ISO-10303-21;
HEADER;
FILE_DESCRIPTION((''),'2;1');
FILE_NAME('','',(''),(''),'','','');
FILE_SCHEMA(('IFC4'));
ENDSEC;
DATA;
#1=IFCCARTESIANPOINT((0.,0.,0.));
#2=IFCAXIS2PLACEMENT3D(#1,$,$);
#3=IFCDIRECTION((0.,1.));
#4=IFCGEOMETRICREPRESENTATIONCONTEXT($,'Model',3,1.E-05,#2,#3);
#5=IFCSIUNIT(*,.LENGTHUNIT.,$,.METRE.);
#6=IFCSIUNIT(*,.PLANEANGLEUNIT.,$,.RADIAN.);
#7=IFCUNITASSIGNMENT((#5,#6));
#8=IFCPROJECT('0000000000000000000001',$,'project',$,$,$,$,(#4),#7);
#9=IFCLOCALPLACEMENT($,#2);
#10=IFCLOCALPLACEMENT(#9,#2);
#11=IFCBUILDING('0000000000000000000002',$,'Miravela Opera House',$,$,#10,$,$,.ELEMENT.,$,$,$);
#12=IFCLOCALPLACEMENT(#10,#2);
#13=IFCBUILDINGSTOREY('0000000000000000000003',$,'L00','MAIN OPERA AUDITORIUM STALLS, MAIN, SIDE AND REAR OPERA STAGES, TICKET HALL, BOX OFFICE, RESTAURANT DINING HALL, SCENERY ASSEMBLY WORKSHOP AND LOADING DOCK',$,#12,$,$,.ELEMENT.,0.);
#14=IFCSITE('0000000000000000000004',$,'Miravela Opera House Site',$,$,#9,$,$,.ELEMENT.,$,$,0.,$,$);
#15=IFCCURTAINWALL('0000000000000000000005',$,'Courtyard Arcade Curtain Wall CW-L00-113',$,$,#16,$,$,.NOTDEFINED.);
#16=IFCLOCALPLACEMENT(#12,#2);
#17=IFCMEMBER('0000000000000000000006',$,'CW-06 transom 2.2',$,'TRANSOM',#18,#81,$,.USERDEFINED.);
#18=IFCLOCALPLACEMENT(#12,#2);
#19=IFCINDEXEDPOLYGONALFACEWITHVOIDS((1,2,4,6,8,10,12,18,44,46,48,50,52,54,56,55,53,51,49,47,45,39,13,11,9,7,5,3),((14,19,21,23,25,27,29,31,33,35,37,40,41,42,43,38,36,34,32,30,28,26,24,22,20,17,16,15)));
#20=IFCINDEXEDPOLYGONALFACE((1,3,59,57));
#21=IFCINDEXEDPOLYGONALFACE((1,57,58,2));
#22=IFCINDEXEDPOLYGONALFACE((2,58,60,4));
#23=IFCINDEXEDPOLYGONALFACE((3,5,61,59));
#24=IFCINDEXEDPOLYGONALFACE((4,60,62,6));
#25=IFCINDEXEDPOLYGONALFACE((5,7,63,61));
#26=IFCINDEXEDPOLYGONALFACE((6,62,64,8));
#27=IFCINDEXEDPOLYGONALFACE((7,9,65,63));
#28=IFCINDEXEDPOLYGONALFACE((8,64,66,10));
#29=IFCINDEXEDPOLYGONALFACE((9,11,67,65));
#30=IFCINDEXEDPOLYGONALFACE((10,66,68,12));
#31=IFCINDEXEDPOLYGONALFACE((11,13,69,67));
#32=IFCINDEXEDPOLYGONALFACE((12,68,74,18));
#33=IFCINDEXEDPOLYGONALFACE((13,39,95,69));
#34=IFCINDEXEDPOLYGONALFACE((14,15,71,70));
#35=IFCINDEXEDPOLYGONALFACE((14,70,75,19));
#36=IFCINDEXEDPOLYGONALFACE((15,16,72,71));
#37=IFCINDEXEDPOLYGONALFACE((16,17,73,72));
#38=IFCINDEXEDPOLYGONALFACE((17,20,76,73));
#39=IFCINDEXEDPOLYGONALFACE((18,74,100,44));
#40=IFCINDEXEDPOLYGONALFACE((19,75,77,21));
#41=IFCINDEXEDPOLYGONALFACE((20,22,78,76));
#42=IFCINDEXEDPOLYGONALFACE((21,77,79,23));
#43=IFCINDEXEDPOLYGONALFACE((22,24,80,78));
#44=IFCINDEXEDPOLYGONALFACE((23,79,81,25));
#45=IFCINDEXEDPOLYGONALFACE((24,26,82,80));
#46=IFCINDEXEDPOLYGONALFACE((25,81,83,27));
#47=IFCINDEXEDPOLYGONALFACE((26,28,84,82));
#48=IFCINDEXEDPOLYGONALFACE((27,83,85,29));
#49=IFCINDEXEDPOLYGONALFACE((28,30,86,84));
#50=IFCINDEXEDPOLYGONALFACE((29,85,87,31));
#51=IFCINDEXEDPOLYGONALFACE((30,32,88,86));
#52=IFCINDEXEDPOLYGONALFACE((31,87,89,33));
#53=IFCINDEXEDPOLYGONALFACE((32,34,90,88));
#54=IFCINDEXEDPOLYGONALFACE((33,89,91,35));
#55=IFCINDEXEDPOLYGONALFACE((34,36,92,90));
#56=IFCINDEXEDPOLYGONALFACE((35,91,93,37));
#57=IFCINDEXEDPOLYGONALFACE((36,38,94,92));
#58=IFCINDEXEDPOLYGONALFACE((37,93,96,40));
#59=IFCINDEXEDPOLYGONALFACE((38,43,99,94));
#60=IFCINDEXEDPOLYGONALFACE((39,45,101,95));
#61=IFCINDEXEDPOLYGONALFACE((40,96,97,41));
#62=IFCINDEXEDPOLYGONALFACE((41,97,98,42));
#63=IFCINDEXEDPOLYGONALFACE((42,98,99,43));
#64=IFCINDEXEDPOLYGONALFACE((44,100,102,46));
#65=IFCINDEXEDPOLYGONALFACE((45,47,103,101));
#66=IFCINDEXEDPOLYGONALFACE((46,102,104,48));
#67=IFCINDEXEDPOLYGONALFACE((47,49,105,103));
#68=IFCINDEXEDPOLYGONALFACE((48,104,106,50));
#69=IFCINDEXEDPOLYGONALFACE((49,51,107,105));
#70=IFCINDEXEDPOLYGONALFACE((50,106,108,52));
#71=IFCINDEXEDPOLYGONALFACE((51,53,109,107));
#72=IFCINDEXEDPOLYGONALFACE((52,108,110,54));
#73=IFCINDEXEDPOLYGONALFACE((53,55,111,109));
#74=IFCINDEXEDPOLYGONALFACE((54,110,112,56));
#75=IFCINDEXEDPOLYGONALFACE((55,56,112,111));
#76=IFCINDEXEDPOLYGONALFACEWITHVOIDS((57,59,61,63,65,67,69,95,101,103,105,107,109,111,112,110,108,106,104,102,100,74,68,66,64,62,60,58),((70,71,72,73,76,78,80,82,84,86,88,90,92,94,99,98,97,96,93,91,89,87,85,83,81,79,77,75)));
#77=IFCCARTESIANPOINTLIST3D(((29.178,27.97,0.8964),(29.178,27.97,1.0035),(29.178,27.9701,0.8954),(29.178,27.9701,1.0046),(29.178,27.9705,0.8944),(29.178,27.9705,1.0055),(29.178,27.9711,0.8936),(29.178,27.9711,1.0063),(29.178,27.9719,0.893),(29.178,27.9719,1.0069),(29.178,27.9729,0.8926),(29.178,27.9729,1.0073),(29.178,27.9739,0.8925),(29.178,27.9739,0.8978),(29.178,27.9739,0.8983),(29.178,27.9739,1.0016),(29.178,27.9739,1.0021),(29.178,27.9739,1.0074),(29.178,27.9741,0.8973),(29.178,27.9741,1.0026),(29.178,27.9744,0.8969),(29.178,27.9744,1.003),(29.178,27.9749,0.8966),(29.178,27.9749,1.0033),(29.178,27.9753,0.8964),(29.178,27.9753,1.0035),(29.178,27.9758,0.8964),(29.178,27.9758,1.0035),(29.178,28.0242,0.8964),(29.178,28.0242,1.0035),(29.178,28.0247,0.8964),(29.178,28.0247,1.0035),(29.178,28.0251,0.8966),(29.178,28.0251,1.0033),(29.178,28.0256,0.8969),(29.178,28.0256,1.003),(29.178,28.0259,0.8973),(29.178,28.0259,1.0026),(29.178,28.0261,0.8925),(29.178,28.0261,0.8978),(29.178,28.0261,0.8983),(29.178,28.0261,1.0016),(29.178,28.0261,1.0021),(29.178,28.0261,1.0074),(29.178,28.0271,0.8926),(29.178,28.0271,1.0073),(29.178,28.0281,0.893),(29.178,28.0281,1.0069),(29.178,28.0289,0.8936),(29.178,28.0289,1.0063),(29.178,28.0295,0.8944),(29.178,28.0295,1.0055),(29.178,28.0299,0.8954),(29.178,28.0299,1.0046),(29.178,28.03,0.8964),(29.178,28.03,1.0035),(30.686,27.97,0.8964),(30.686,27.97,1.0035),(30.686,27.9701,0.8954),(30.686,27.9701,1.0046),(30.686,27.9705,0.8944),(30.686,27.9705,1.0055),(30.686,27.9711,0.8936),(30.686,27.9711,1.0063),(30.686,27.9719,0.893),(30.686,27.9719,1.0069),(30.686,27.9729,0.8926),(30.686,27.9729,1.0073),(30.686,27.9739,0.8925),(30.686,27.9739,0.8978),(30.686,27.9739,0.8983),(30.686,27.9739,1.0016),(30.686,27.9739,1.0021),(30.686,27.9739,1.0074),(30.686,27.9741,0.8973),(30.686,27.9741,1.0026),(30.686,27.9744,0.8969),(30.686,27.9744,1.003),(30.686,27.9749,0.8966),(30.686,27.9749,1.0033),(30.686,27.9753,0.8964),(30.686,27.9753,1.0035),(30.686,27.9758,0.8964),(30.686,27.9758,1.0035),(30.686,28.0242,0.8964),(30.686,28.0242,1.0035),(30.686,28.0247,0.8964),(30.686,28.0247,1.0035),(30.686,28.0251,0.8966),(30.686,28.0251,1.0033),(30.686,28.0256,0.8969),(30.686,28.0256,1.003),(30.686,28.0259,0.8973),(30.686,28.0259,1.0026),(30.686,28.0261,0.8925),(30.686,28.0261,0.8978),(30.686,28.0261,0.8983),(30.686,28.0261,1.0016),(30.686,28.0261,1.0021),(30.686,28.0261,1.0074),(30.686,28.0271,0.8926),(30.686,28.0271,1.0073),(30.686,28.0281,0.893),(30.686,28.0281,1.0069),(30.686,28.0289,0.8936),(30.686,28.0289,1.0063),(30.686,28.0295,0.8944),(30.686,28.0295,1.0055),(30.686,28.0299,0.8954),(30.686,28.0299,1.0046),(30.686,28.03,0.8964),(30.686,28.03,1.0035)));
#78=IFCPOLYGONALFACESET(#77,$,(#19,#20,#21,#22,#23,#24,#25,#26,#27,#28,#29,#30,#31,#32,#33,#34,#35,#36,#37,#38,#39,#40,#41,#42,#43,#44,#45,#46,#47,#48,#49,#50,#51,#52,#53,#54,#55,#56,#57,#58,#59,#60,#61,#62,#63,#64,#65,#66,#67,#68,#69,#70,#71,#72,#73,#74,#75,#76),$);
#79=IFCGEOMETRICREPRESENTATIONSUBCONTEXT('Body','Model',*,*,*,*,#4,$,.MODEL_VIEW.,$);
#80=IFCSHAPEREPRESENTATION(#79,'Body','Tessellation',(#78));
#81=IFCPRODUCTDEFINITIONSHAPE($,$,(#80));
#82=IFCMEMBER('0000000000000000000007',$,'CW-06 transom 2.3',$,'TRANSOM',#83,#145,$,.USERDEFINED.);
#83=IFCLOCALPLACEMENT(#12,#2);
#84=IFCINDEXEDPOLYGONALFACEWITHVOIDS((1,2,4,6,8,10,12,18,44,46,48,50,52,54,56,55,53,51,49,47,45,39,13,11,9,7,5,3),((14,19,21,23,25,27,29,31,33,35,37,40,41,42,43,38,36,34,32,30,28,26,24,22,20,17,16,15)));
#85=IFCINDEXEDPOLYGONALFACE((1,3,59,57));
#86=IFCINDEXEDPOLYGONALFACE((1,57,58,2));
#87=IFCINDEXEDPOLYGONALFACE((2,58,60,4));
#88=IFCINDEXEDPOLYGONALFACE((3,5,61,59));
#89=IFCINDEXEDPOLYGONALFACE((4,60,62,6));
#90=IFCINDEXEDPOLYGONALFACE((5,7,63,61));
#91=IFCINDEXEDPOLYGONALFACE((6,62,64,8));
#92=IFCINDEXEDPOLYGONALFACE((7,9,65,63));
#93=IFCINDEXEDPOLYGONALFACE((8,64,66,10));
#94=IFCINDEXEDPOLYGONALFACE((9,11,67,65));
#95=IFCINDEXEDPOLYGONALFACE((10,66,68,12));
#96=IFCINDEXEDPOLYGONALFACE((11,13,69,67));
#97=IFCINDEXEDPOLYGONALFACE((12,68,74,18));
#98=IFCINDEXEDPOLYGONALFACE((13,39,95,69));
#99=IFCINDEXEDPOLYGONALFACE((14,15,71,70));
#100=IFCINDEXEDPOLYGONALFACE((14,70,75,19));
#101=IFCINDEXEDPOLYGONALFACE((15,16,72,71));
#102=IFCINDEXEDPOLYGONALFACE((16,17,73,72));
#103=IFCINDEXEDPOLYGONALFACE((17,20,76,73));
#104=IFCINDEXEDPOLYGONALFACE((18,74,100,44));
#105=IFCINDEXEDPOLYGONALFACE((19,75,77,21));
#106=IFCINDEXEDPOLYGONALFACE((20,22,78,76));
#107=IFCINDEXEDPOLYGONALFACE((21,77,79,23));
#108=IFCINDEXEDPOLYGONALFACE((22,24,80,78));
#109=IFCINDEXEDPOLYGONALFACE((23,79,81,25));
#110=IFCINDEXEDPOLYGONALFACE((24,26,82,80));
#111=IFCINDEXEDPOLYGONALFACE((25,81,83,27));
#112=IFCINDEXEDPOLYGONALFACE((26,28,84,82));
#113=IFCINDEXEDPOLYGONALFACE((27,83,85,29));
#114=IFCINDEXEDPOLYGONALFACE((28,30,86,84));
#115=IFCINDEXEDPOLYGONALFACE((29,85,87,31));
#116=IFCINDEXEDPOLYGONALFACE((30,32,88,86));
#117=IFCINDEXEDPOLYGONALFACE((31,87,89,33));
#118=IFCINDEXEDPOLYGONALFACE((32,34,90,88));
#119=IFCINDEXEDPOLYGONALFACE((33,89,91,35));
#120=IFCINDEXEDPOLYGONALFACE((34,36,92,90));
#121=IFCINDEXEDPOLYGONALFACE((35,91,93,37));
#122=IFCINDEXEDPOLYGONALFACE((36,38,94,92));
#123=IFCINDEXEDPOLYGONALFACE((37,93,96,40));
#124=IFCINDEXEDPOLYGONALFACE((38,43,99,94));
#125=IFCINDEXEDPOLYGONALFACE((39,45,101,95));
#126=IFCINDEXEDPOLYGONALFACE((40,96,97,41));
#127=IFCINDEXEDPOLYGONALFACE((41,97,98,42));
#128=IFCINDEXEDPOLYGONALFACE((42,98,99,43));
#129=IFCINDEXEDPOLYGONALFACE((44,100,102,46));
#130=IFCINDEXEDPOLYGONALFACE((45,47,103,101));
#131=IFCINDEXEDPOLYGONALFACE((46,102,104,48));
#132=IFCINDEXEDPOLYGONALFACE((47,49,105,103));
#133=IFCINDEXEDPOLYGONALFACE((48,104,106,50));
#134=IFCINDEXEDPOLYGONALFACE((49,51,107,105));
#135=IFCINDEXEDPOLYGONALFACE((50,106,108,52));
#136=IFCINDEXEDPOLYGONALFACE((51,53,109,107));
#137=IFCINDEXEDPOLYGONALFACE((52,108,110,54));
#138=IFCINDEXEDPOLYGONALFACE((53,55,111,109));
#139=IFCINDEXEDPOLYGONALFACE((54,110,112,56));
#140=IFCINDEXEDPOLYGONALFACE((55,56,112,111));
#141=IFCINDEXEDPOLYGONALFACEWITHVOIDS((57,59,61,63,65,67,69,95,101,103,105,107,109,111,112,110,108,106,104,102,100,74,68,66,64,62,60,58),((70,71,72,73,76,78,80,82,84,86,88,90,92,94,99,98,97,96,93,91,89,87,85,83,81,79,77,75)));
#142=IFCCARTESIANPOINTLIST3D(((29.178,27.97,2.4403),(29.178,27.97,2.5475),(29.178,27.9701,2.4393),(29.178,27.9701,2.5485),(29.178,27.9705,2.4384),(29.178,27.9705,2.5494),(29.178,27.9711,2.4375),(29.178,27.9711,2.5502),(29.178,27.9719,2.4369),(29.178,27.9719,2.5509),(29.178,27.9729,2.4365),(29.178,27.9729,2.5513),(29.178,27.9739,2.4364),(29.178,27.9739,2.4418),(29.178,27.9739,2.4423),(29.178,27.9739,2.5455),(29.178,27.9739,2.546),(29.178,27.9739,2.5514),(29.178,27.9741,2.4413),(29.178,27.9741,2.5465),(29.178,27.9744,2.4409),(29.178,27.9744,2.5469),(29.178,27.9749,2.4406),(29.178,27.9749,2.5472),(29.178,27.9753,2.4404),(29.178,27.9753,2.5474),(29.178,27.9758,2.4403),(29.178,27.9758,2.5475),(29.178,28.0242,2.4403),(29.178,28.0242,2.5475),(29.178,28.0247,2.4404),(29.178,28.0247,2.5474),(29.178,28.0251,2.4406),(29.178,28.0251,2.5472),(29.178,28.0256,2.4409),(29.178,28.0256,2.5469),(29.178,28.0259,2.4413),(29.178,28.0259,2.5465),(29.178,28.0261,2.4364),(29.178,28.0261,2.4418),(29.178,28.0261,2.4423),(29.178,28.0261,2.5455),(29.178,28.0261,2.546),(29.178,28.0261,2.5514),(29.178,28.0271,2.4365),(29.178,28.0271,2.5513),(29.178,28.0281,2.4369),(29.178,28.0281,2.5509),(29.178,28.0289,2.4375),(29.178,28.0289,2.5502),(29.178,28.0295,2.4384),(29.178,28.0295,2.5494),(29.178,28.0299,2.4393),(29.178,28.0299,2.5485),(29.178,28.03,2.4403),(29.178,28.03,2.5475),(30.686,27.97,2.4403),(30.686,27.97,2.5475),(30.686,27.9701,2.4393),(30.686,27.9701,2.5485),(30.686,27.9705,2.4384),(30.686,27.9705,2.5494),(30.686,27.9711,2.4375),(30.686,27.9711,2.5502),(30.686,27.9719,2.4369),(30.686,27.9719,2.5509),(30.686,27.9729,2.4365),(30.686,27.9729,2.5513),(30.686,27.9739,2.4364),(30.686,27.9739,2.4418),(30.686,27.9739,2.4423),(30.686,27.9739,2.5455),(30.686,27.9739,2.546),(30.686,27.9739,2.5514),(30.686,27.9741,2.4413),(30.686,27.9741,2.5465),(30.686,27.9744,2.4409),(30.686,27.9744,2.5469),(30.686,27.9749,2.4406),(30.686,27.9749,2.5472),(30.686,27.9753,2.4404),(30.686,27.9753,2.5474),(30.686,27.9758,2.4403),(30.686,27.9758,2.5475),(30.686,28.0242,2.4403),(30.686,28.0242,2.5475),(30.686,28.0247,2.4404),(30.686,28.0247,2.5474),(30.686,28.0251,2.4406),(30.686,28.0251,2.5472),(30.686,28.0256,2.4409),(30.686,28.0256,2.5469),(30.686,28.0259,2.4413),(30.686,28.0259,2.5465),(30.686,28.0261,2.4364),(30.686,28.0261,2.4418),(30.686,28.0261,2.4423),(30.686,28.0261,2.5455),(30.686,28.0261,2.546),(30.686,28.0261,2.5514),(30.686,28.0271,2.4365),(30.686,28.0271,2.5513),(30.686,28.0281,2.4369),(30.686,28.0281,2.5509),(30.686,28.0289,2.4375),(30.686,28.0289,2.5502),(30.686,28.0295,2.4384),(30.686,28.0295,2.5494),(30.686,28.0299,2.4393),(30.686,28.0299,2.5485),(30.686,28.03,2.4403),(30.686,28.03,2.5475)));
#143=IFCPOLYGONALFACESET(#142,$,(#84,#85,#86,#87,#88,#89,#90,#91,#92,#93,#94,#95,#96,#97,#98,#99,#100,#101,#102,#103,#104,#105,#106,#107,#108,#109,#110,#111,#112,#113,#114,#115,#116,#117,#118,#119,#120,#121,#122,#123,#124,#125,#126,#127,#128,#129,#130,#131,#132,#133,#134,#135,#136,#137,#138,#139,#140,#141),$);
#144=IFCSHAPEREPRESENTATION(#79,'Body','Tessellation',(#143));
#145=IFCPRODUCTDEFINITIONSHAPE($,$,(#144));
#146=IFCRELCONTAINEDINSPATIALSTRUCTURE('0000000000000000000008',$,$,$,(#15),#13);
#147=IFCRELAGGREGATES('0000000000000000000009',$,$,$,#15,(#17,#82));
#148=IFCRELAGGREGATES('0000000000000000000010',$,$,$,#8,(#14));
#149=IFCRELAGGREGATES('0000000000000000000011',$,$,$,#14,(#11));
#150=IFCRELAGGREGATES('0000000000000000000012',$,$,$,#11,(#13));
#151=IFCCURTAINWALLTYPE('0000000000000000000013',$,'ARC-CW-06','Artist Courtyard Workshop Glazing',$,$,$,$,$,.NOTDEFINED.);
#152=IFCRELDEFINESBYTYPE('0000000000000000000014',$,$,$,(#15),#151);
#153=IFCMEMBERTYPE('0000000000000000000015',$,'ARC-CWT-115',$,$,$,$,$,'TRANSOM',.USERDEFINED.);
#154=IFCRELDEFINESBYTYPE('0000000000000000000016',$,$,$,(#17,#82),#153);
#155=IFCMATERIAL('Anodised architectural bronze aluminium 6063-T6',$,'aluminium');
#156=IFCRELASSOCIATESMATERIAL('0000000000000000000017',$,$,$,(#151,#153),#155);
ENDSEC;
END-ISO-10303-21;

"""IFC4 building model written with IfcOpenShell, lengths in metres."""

from ifc_helpers import new_model, si_unit, direction, frame, origin, origin_2d, place, context, subcontext, project, spatial, hollow_rectangle, extrude, material, material_profile, profile_set, type_object, element, aggregate, save


model = new_model("IFC4")

# Units and contexts
model_context = context("Model", 3, precision=1e-05, world=origin(), true_north=direction((0.0, 1.0)))
body_context = subcontext(model_context, "Body", "Model", "MODEL_VIEW")
ifc_project = project(units=[si_unit("LENGTHUNIT", "METRE"), si_unit("PLANEANGLEUNIT", "RADIAN")], contexts=[model_context])

# Site, building, storey
site_placement = place(None, origin())
site = spatial("IfcSite", under=ifc_project, at=site_placement, Name="Miravela Opera House Site", CompositionType="ELEMENT", RefElevation=0.0)
building_placement = place(site_placement, origin())
building = spatial("IfcBuilding", under=site, at=building_placement, Name="Miravela Opera House", CompositionType="ELEMENT")
storey_placement = place(building_placement, origin())
storey = spatial("IfcBuildingStorey", under=building, at=storey_placement, Name="L00", Description="MAIN OPERA AUDITORIUM STALLS, MAIN, SIDE AND REAR OPERA STAGES, TICKET HALL, BOX OFFICE, RESTAURANT DINING HALL, SCENERY ASSEMBLY WORKSHOP AND LOADING DOCK", CompositionType="ELEMENT", Elevation=0.0)

# Curtain wall, members
ifc_material_1 = material(Name="Anodised architectural bronze aluminium 6063-T6", Category="aluminium")
curtain_wall_type = type_object("IfcCurtainWallType", Name="ARC-CW-06", Description="Artist Courtyard Workshop Glazing", PredefinedType="NOTDEFINED", material=ifc_material_1)
curtain_wall_placement = place(storey_placement, origin())
curtain_wall = element("IfcCurtainWall", 1, at=curtain_wall_placement, inside=storey, type_object=curtain_wall_type, Name="Courtyard Arcade Curtain Wall CW-L00-113", PredefinedType="NOTDEFINED")
ifc_material_profile_1 = material_profile(ifc_material_1, hollow_rectangle(XDim=0.0601, YDim=0.115, WallThickness=0.0039, InnerFilletRadius=0.002, OuterFilletRadius=0.0039, at=origin_2d()), Name="CWT-60X115")
ifc_profile_set_1 = profile_set([ifc_material_profile_1])
member_type_1 = type_object("IfcMemberType", Name="ARC-CWT-115", ElementType="TRANSOM", PredefinedType="USERDEFINED", material=ifc_profile_set_1)
member_1_placement = place(storey_placement, frame((29.178, 28.0, 0.95), z_axis=(1.0, 0.0, 0.0), x_axis=(0.0, 1.0, 0.0)))
member_1 = element("IfcMember", 2, at=member_1_placement, type_object=member_type_1, Name="CW-06 transom 2.2", ObjectType="TRANSOM", PredefinedType="USERDEFINED", context=body_context, shape_type="SweptSolid", body=[
    extrude(hollow_rectangle(XDim=0.0601, YDim=0.115, WallThickness=0.0039, InnerFilletRadius=0.002, OuterFilletRadius=0.0039, at=origin_2d()), origin(), (0.0, 0.0, 1.0), 1.5081),
])
member_2_placement = place(storey_placement, frame((29.178, 28.0, 2.4939), z_axis=(1.0, 0.0, 0.0), x_axis=(0.0, 1.0, 0.0)))
member_2 = element("IfcMember", 3, at=member_2_placement, type_object=member_type_1, Name="CW-06 transom 2.3", ObjectType="TRANSOM", PredefinedType="USERDEFINED", context=body_context, shape_type="SweptSolid", body=[
    extrude(hollow_rectangle(XDim=0.0601, YDim=0.115, WallThickness=0.0039, InnerFilletRadius=0.002, OuterFilletRadius=0.0039, at=origin_2d()), origin(), (0.0, 0.0, 1.0), 1.5081),
])
aggregate(curtain_wall, [member_1, member_2])

save(model, "model.ifc")
